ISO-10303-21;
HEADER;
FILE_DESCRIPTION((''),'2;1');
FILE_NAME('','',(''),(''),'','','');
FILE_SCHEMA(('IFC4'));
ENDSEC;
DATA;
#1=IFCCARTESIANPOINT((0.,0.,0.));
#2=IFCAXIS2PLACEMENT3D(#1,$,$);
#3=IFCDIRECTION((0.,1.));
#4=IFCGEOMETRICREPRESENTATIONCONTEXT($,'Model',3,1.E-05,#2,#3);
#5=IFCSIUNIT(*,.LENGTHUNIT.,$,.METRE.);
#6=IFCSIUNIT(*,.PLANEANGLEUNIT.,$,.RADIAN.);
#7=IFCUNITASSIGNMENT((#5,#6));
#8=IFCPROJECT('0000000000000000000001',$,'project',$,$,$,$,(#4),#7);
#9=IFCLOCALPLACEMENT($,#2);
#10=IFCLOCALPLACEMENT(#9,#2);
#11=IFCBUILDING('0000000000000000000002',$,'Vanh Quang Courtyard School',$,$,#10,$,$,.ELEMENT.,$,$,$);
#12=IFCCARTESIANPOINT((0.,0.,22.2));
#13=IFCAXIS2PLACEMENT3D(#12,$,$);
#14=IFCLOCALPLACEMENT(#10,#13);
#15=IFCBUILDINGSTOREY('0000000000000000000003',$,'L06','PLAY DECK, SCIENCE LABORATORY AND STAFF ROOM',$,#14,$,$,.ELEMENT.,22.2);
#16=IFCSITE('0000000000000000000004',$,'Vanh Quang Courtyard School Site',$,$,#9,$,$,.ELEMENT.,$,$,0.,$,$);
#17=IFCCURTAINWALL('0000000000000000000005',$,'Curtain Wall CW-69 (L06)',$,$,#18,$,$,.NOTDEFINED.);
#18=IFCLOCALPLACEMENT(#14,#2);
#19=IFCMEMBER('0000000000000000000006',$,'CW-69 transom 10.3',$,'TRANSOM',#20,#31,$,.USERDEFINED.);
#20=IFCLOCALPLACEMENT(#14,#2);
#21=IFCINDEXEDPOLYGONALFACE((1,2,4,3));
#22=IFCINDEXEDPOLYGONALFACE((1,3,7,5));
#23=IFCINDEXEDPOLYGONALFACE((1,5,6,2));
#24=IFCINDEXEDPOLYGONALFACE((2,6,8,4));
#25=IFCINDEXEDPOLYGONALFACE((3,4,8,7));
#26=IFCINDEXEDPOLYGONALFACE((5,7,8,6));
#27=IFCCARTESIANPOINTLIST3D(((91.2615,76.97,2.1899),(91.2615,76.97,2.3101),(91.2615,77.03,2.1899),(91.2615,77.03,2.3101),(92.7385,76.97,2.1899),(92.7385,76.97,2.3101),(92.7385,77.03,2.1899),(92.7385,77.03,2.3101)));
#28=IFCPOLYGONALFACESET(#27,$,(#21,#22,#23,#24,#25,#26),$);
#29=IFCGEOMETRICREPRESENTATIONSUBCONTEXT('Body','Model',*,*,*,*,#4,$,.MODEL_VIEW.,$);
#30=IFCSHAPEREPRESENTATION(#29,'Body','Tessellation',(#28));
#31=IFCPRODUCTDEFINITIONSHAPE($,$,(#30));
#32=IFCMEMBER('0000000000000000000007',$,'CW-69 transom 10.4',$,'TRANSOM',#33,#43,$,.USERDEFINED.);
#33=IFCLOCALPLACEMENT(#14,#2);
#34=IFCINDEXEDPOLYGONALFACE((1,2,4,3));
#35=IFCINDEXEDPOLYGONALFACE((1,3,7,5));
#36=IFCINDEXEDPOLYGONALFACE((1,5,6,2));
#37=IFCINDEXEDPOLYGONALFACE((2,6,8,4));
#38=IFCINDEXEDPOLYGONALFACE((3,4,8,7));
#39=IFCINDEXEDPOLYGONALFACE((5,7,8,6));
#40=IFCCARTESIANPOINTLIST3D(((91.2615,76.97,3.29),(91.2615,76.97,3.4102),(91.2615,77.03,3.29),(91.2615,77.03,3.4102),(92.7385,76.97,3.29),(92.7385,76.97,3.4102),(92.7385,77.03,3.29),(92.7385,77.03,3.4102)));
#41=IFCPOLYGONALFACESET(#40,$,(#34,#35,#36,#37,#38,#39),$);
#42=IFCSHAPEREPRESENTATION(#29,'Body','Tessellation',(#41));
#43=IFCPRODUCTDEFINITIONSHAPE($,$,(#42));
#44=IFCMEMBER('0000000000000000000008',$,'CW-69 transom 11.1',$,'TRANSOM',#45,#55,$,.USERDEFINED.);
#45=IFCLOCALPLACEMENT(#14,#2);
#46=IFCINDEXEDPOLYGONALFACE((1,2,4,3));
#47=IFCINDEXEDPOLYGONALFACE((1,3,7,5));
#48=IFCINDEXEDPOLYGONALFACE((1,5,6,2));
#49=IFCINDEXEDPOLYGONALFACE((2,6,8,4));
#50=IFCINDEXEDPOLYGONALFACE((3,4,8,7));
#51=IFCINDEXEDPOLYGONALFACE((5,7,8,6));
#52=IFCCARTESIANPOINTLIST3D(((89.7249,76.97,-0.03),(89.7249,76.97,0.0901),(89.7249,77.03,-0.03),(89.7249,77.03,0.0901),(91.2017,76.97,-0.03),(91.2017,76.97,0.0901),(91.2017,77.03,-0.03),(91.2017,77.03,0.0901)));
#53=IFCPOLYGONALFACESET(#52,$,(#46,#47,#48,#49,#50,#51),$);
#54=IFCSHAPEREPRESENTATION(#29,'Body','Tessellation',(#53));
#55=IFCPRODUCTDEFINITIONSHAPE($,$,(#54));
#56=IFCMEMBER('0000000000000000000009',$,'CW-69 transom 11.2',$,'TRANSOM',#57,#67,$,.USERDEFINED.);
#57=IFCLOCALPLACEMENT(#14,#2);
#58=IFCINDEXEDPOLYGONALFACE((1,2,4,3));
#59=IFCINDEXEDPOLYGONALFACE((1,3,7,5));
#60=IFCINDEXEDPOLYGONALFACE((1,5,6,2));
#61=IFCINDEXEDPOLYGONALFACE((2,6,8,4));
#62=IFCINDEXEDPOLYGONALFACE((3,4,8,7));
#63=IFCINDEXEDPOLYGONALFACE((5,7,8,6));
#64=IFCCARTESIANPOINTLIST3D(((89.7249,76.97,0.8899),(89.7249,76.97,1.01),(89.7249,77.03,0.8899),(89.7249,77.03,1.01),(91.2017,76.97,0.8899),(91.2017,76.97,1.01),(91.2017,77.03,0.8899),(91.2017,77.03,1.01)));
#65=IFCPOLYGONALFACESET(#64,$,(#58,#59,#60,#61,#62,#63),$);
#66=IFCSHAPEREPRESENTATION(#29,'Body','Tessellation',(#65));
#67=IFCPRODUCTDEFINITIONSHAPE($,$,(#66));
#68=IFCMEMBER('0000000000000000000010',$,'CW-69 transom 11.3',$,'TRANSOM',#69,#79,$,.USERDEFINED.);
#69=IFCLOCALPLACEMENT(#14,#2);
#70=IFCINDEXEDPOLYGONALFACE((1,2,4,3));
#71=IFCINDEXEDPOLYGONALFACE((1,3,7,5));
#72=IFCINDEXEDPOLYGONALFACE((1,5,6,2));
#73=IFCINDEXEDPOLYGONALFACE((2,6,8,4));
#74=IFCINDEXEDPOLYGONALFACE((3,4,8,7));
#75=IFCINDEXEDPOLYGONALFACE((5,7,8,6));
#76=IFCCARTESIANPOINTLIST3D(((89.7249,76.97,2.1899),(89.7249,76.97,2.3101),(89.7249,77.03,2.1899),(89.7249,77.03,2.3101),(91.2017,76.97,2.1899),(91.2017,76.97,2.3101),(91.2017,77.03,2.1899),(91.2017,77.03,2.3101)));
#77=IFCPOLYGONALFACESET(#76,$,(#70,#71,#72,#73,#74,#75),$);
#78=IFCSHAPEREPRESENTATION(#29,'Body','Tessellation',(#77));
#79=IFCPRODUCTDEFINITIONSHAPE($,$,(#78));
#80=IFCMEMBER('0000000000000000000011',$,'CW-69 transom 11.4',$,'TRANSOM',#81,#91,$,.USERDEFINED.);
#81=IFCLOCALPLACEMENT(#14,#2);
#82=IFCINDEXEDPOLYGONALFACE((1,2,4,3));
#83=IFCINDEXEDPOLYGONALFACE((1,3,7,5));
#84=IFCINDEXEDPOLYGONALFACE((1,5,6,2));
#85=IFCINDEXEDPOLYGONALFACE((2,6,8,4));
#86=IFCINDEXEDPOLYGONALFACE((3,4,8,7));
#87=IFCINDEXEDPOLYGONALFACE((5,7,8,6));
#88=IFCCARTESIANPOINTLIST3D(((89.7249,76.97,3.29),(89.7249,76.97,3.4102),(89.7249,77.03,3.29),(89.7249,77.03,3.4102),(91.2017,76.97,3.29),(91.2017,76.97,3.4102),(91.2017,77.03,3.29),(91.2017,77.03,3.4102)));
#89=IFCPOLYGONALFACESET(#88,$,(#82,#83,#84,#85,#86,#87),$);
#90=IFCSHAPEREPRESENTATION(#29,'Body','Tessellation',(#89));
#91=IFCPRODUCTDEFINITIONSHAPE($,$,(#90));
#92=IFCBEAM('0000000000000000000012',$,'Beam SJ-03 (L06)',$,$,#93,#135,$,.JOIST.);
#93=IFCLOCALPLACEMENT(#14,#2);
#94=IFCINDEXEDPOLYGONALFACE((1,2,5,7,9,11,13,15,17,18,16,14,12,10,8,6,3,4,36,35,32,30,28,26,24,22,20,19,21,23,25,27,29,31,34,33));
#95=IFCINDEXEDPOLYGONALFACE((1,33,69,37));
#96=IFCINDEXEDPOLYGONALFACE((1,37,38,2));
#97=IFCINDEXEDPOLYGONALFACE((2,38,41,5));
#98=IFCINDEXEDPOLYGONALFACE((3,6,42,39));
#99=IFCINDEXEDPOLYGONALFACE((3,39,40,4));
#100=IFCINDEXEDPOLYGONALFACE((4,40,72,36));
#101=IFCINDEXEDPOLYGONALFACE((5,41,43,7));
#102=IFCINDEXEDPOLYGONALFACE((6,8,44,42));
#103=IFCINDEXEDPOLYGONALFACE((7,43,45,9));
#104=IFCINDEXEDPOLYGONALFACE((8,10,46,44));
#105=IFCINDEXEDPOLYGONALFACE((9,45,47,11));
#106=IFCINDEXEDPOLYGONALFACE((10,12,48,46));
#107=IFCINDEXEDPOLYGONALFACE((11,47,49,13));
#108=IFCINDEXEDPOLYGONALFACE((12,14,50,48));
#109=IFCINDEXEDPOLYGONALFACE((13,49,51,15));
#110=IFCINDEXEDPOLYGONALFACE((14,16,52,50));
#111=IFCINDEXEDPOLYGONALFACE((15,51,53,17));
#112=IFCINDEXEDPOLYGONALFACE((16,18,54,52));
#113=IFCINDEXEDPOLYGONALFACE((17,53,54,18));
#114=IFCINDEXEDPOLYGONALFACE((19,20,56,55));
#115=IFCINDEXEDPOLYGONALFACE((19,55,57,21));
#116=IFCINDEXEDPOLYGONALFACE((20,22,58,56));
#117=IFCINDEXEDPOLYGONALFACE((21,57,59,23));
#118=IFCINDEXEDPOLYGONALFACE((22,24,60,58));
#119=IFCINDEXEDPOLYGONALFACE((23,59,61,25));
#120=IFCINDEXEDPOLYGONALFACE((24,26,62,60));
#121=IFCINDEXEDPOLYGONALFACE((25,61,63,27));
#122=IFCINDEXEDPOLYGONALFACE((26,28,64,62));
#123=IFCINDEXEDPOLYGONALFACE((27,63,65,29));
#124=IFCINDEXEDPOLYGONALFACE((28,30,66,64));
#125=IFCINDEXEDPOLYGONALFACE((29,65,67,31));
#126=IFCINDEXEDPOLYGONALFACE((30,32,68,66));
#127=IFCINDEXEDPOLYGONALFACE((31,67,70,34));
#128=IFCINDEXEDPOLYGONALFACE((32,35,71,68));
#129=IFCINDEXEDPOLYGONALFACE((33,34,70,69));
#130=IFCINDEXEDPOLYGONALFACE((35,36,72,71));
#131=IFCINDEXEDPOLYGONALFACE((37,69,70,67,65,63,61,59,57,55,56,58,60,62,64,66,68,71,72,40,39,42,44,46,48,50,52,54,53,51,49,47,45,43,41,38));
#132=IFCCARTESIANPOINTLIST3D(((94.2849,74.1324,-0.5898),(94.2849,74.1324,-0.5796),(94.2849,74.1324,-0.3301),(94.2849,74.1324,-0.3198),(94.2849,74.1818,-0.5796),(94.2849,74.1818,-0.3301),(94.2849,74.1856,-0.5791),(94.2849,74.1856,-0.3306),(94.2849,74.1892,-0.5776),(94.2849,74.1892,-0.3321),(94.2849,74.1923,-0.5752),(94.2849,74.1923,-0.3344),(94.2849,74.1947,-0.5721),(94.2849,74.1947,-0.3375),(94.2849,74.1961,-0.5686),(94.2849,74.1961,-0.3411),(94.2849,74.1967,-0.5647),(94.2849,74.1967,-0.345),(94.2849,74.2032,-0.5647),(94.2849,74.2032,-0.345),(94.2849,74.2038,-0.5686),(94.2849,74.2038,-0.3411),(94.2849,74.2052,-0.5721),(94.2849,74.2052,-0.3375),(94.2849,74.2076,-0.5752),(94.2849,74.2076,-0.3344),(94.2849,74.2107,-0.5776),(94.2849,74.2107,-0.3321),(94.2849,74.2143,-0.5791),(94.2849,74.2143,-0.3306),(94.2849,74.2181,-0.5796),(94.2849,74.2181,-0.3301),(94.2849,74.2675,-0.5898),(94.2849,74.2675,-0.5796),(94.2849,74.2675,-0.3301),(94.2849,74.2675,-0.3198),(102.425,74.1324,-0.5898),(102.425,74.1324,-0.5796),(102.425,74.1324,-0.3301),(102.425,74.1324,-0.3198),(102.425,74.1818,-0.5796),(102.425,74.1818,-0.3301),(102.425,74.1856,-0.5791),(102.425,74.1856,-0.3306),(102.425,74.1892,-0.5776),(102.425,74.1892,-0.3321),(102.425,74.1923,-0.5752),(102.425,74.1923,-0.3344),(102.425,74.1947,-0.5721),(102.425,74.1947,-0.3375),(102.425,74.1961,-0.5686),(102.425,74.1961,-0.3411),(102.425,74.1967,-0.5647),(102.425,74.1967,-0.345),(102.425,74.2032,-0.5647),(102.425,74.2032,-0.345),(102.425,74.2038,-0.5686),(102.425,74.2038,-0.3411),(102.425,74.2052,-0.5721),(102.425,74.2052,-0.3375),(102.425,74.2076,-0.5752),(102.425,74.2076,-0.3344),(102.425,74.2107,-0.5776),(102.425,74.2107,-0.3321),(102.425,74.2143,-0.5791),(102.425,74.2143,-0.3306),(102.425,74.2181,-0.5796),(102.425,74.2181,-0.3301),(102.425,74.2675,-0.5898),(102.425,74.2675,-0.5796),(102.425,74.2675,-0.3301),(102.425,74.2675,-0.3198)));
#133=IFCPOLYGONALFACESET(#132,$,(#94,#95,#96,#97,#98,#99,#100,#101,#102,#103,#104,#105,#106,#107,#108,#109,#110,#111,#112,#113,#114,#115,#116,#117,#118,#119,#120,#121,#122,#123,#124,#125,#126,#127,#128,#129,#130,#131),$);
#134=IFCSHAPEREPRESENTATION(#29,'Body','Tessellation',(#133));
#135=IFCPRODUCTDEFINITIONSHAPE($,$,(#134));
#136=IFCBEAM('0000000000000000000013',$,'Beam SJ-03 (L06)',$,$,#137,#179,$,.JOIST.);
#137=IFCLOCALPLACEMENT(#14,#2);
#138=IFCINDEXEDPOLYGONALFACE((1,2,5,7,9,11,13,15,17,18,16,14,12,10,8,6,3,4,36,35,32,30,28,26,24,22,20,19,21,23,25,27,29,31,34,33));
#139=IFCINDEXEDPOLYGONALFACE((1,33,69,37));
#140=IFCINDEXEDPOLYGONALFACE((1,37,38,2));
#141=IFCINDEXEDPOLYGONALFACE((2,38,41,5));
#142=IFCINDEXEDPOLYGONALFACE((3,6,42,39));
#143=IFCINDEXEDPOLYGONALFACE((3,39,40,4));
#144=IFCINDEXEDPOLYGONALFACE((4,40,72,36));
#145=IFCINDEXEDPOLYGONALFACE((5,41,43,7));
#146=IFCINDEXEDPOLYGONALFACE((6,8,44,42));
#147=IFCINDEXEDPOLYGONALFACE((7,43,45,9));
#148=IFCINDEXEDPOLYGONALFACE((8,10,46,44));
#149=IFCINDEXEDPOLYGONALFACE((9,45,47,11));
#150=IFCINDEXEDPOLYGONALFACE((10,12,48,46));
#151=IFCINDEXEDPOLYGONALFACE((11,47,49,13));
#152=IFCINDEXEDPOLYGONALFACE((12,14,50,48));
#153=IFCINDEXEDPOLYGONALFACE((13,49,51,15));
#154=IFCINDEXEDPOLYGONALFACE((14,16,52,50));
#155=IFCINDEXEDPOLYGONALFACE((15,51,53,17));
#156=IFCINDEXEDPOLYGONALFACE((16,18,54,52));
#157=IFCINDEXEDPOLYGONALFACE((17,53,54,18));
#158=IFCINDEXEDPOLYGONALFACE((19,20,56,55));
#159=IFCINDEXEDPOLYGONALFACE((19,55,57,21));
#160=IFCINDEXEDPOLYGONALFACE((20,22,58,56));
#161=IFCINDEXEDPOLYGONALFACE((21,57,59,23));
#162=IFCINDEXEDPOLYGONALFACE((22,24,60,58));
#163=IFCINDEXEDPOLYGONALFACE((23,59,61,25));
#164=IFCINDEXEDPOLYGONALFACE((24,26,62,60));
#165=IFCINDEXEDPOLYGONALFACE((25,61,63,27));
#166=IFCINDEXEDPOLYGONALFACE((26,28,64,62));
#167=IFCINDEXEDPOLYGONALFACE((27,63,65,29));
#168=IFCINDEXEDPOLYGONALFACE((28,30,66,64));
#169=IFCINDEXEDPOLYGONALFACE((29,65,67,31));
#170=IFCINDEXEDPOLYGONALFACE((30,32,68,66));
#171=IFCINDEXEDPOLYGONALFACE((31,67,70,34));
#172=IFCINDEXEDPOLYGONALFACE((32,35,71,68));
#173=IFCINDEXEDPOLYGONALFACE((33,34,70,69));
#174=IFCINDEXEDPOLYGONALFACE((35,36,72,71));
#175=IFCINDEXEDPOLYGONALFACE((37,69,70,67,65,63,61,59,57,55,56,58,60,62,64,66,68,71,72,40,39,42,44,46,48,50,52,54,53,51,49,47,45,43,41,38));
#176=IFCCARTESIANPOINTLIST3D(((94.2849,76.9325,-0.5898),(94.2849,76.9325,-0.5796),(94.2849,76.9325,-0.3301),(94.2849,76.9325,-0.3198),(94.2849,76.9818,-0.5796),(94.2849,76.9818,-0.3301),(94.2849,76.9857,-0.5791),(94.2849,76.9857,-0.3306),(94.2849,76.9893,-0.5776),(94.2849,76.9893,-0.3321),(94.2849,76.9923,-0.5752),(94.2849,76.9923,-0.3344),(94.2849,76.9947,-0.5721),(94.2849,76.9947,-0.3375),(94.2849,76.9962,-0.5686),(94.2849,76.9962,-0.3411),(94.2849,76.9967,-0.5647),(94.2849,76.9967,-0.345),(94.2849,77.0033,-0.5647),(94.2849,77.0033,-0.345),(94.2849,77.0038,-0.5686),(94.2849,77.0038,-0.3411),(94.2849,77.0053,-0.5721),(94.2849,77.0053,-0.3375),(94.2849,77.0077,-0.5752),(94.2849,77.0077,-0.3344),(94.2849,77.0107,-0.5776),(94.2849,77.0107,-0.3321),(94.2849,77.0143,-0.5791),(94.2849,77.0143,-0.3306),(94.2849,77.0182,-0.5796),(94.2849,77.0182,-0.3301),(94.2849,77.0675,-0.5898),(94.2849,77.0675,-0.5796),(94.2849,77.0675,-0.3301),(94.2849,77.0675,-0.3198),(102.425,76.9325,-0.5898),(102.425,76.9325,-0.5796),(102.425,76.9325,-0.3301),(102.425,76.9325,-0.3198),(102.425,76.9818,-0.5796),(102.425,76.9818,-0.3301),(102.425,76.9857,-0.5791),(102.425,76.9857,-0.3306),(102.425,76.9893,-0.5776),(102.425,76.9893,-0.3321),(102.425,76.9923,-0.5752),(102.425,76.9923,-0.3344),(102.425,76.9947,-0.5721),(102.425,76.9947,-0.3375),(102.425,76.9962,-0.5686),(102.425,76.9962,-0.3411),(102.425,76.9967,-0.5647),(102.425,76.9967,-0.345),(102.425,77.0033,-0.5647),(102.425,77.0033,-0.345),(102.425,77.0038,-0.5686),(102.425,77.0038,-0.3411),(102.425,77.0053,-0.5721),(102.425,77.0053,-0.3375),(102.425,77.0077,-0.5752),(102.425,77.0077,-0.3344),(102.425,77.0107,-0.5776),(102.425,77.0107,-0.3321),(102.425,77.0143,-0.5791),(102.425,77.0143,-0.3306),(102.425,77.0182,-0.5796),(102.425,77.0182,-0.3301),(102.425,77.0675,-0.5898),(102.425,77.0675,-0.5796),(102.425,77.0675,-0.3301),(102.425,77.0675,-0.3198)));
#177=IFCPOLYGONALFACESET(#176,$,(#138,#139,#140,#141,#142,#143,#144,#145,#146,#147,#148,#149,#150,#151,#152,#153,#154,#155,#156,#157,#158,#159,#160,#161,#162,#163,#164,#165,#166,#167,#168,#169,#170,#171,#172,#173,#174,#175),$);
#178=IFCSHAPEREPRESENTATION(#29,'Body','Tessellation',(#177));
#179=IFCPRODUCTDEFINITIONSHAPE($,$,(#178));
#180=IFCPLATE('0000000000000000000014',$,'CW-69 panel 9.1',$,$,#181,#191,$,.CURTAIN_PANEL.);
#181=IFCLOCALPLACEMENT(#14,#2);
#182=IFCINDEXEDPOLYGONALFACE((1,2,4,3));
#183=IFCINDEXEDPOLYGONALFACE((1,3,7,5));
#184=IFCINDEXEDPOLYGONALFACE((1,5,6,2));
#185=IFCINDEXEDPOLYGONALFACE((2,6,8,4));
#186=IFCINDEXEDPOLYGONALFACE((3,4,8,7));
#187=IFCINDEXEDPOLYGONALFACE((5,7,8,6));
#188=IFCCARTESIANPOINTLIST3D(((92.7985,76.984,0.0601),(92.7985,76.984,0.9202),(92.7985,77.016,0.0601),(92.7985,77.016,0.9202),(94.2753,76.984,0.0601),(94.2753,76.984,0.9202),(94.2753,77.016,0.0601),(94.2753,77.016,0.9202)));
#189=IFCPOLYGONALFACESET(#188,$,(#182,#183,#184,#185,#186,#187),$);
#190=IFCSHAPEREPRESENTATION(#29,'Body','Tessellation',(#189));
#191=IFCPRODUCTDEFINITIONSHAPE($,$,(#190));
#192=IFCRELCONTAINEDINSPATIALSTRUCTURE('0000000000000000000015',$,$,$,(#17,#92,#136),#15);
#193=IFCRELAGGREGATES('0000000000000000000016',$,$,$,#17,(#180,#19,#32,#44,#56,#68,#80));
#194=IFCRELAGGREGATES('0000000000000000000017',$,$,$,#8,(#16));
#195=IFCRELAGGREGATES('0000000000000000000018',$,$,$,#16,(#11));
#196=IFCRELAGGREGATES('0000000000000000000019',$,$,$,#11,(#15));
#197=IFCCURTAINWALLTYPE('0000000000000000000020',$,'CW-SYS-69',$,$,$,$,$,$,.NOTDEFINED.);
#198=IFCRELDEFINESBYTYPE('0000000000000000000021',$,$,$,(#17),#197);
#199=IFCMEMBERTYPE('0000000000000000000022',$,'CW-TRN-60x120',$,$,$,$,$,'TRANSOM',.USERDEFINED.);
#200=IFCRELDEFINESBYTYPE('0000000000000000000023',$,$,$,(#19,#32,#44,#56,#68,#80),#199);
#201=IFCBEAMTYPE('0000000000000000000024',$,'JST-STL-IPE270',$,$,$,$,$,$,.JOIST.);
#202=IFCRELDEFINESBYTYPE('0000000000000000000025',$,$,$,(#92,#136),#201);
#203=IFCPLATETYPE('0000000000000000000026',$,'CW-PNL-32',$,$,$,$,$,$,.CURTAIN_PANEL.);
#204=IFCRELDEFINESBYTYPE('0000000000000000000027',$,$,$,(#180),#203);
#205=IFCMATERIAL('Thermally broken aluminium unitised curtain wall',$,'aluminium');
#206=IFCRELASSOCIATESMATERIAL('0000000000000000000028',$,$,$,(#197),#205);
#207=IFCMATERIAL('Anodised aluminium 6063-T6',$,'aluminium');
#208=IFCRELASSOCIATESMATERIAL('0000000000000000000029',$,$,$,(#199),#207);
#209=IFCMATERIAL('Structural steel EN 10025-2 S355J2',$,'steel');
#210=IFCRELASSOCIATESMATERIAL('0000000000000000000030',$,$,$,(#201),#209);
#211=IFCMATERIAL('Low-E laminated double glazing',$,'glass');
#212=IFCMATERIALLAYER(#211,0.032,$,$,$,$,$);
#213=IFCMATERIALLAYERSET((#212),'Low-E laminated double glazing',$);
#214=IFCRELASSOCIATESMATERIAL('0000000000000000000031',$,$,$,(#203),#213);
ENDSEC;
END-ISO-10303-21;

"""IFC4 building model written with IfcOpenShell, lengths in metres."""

from ifc_helpers import new_model, si_unit, direction, frame, origin, origin_2d, place, context, subcontext, project, spatial, rectangle, i_section, extrude, material, layer, layer_set, material_profile, profile_set, type_object, element, aggregate, save


model = new_model("IFC4")

# Units and contexts
model_context = context("Model", 3, precision=1e-05, world=origin(), true_north=direction((0.0, 1.0)))
body_context = subcontext(model_context, "Body", "Model", "MODEL_VIEW")
ifc_project = project(units=[si_unit("LENGTHUNIT", "METRE"), si_unit("PLANEANGLEUNIT", "RADIAN")], contexts=[model_context])

# Site, building, storey
site_placement = place(None, origin())
site = spatial("IfcSite", under=ifc_project, at=site_placement, Name="Vanh Quang Courtyard School Site", CompositionType="ELEMENT", RefElevation=0.0)
building_placement = place(site_placement, origin())
building = spatial("IfcBuilding", under=site, at=building_placement, Name="Vanh Quang Courtyard School", CompositionType="ELEMENT")
storey_placement = place(building_placement, frame((0.0, 0.0, 22.2)))
storey = spatial("IfcBuildingStorey", under=building, at=storey_placement, Name="L06", Description="PLAY DECK, SCIENCE LABORATORY AND STAFF ROOM", CompositionType="ELEMENT", Elevation=22.2)

# Shared definitions
ifc_material_1 = material(Name="Structural steel EN 10025-2 S355J2", Category="steel")

# Curtain wall, members
ifc_material_2 = material(Name="Thermally broken aluminium unitised curtain wall", Category="aluminium")
curtain_wall_type = type_object("IfcCurtainWallType", Name="CW-SYS-69", PredefinedType="NOTDEFINED", material=ifc_material_2)
curtain_wall_placement = place(storey_placement, origin())
curtain_wall = element("IfcCurtainWall", 1, at=curtain_wall_placement, inside=storey, type_object=curtain_wall_type, Name="Curtain Wall CW-69 (L06)", PredefinedType="NOTDEFINED")
ifc_material_3 = material(Name="Anodised aluminium 6063-T6", Category="aluminium")
ifc_material_profile_1 = material_profile(ifc_material_3, rectangle(XDim=0.0601, YDim=0.1201, at=origin_2d()), Name="ALU-TRN 60x120")
ifc_profile_set_1 = profile_set([ifc_material_profile_1], Name="Anodised aluminium 6063-T6")
member_type_1 = type_object("IfcMemberType", Name="CW-TRN-60x120", ElementType="TRANSOM", PredefinedType="USERDEFINED", material=ifc_profile_set_1)
member_1_placement = place(storey_placement, frame((92.7385, 77.0, 2.25), z_axis=(-1.0, 0.0, 0.0), x_axis=(0.0, -1.0, 0.0)))
member_1 = element("IfcMember", 2, at=member_1_placement, type_object=member_type_1, Name="CW-69 transom 10.3", ObjectType="TRANSOM", PredefinedType="USERDEFINED", context=body_context, shape_type="SweptSolid", body=[
    extrude(rectangle(XDim=0.0601, YDim=0.1201, at=origin_2d()), origin(), (0.0, 0.0, 1.0), 1.4771),
])
member_2_placement = place(storey_placement, frame((92.7385, 77.0, 3.3501), z_axis=(-1.0, 0.0, 0.0), x_axis=(0.0, -1.0, 0.0)))
member_2 = element("IfcMember", 3, at=member_2_placement, type_object=member_type_1, Name="CW-69 transom 10.4", ObjectType="TRANSOM", PredefinedType="USERDEFINED", context=body_context, shape_type="SweptSolid", body=[
    extrude(rectangle(XDim=0.0601, YDim=0.1201, at=origin_2d()), origin(), (0.0, 0.0, 1.0), 1.4771),
])
member_3_placement = place(storey_placement, frame((91.2017, 77.0, 0.03), z_axis=(-1.0, 0.0, 0.0), x_axis=(0.0, -1.0, 0.0)))
member_3 = element("IfcMember", 4, at=member_3_placement, type_object=member_type_1, Name="CW-69 transom 11.1", ObjectType="TRANSOM", PredefinedType="USERDEFINED", context=body_context, shape_type="SweptSolid", body=[
    extrude(rectangle(XDim=0.0601, YDim=0.1201, at=origin_2d()), origin(), (0.0, 0.0, 1.0), 1.4768),
])
member_4_placement = place(storey_placement, frame((91.2017, 77.0, 0.95), z_axis=(-1.0, 0.0, 0.0), x_axis=(0.0, -1.0, 0.0)))
member_4 = element("IfcMember", 5, at=member_4_placement, type_object=member_type_1, Name="CW-69 transom 11.2", ObjectType="TRANSOM", PredefinedType="USERDEFINED", context=body_context, shape_type="SweptSolid", body=[
    extrude(rectangle(XDim=0.0601, YDim=0.1201, at=origin_2d()), origin(), (0.0, 0.0, 1.0), 1.4768),
])
member_5_placement = place(storey_placement, frame((91.2017, 77.0, 2.25), z_axis=(-1.0, 0.0, 0.0), x_axis=(0.0, -1.0, 0.0)))
member_5 = element("IfcMember", 6, at=member_5_placement, type_object=member_type_1, Name="CW-69 transom 11.3", ObjectType="TRANSOM", PredefinedType="USERDEFINED", context=body_context, shape_type="SweptSolid", body=[
    extrude(rectangle(XDim=0.0601, YDim=0.1201, at=origin_2d()), origin(), (0.0, 0.0, 1.0), 1.4768),
])
member_6_placement = place(storey_placement, frame((91.2017, 77.0, 3.3501), z_axis=(-1.0, 0.0, 0.0), x_axis=(0.0, -1.0, 0.0)))
member_6 = element("IfcMember", 7, at=member_6_placement, type_object=member_type_1, Name="CW-69 transom 11.4", ObjectType="TRANSOM", PredefinedType="USERDEFINED", context=body_context, shape_type="SweptSolid", body=[
    extrude(rectangle(XDim=0.0601, YDim=0.1201, at=origin_2d()), origin(), (0.0, 0.0, 1.0), 1.4768),
])

# Beams
ifc_material_profile_2 = material_profile(ifc_material_1, i_section(OverallWidth=0.135, OverallDepth=0.27, WebThickness=0.0066, FlangeThickness=0.0103, FilletRadius=0.0149, at=origin_2d()), Name="IPE 270")
ifc_profile_set_2 = profile_set([ifc_material_profile_2], Name="Structural steel EN 10025-2 S355J2")
beam_type_1 = type_object("IfcBeamType", Name="JST-STL-IPE270", PredefinedType="JOIST", material=ifc_profile_set_2)
for number, where, z_axis, x_axis, name in (
    (8, (94.2849, 74.2, -0.4548), (1.0, 0.0, 0.0), (0.0, 1.0, 0.0), "Beam SJ-03 (L06)"),
    (9, (94.2849, 77.0, -0.4548), (1.0, 0.0, 0.0), (0.0, 1.0, 0.0), "Beam SJ-03 (L06)"),
):
    element("IfcBeam", number, at=place(storey_placement, frame(where, z_axis=z_axis, x_axis=x_axis)), inside=storey, type_object=beam_type_1, Name=name, PredefinedType="JOIST", context=body_context, shape_type="SweptSolid", body=[
        extrude(i_section(OverallWidth=0.135, OverallDepth=0.27, WebThickness=0.0066, FlangeThickness=0.0103, FilletRadius=0.0149, at=origin_2d()), origin(), (0.0, 0.0, 1.0), 8.1401),
    ])

# Plate
ifc_material_4 = material(Name="Low-E laminated double glazing", Category="glass")
ifc_layer_1 = layer(ifc_material_4, 0.032)
ifc_layer_set_1 = layer_set([ifc_layer_1], Name="Low-E laminated double glazing")
plate_type = type_object("IfcPlateType", Name="CW-PNL-32", PredefinedType="CURTAIN_PANEL", material=ifc_layer_set_1)
plate_1_placement = place(storey_placement, frame((93.5369, 77.0, 0.0601), z_axis=(0.0, 0.0, 1.0), x_axis=(-1.0, 0.0, 0.0)))
plate_1 = element("IfcPlate", 10, at=plate_1_placement, type_object=plate_type, Name="CW-69 panel 9.1", PredefinedType="CURTAIN_PANEL", context=body_context, shape_type="SweptSolid", body=[
    extrude(rectangle(XDim=1.4768, YDim=0.032, at=origin_2d()), origin(), (0.0, 0.0, 1.0), 0.8601),
])
aggregate(curtain_wall, [plate_1, member_1, member_2, member_3, member_4, member_5, member_6])

save(model, "model.ifc")
